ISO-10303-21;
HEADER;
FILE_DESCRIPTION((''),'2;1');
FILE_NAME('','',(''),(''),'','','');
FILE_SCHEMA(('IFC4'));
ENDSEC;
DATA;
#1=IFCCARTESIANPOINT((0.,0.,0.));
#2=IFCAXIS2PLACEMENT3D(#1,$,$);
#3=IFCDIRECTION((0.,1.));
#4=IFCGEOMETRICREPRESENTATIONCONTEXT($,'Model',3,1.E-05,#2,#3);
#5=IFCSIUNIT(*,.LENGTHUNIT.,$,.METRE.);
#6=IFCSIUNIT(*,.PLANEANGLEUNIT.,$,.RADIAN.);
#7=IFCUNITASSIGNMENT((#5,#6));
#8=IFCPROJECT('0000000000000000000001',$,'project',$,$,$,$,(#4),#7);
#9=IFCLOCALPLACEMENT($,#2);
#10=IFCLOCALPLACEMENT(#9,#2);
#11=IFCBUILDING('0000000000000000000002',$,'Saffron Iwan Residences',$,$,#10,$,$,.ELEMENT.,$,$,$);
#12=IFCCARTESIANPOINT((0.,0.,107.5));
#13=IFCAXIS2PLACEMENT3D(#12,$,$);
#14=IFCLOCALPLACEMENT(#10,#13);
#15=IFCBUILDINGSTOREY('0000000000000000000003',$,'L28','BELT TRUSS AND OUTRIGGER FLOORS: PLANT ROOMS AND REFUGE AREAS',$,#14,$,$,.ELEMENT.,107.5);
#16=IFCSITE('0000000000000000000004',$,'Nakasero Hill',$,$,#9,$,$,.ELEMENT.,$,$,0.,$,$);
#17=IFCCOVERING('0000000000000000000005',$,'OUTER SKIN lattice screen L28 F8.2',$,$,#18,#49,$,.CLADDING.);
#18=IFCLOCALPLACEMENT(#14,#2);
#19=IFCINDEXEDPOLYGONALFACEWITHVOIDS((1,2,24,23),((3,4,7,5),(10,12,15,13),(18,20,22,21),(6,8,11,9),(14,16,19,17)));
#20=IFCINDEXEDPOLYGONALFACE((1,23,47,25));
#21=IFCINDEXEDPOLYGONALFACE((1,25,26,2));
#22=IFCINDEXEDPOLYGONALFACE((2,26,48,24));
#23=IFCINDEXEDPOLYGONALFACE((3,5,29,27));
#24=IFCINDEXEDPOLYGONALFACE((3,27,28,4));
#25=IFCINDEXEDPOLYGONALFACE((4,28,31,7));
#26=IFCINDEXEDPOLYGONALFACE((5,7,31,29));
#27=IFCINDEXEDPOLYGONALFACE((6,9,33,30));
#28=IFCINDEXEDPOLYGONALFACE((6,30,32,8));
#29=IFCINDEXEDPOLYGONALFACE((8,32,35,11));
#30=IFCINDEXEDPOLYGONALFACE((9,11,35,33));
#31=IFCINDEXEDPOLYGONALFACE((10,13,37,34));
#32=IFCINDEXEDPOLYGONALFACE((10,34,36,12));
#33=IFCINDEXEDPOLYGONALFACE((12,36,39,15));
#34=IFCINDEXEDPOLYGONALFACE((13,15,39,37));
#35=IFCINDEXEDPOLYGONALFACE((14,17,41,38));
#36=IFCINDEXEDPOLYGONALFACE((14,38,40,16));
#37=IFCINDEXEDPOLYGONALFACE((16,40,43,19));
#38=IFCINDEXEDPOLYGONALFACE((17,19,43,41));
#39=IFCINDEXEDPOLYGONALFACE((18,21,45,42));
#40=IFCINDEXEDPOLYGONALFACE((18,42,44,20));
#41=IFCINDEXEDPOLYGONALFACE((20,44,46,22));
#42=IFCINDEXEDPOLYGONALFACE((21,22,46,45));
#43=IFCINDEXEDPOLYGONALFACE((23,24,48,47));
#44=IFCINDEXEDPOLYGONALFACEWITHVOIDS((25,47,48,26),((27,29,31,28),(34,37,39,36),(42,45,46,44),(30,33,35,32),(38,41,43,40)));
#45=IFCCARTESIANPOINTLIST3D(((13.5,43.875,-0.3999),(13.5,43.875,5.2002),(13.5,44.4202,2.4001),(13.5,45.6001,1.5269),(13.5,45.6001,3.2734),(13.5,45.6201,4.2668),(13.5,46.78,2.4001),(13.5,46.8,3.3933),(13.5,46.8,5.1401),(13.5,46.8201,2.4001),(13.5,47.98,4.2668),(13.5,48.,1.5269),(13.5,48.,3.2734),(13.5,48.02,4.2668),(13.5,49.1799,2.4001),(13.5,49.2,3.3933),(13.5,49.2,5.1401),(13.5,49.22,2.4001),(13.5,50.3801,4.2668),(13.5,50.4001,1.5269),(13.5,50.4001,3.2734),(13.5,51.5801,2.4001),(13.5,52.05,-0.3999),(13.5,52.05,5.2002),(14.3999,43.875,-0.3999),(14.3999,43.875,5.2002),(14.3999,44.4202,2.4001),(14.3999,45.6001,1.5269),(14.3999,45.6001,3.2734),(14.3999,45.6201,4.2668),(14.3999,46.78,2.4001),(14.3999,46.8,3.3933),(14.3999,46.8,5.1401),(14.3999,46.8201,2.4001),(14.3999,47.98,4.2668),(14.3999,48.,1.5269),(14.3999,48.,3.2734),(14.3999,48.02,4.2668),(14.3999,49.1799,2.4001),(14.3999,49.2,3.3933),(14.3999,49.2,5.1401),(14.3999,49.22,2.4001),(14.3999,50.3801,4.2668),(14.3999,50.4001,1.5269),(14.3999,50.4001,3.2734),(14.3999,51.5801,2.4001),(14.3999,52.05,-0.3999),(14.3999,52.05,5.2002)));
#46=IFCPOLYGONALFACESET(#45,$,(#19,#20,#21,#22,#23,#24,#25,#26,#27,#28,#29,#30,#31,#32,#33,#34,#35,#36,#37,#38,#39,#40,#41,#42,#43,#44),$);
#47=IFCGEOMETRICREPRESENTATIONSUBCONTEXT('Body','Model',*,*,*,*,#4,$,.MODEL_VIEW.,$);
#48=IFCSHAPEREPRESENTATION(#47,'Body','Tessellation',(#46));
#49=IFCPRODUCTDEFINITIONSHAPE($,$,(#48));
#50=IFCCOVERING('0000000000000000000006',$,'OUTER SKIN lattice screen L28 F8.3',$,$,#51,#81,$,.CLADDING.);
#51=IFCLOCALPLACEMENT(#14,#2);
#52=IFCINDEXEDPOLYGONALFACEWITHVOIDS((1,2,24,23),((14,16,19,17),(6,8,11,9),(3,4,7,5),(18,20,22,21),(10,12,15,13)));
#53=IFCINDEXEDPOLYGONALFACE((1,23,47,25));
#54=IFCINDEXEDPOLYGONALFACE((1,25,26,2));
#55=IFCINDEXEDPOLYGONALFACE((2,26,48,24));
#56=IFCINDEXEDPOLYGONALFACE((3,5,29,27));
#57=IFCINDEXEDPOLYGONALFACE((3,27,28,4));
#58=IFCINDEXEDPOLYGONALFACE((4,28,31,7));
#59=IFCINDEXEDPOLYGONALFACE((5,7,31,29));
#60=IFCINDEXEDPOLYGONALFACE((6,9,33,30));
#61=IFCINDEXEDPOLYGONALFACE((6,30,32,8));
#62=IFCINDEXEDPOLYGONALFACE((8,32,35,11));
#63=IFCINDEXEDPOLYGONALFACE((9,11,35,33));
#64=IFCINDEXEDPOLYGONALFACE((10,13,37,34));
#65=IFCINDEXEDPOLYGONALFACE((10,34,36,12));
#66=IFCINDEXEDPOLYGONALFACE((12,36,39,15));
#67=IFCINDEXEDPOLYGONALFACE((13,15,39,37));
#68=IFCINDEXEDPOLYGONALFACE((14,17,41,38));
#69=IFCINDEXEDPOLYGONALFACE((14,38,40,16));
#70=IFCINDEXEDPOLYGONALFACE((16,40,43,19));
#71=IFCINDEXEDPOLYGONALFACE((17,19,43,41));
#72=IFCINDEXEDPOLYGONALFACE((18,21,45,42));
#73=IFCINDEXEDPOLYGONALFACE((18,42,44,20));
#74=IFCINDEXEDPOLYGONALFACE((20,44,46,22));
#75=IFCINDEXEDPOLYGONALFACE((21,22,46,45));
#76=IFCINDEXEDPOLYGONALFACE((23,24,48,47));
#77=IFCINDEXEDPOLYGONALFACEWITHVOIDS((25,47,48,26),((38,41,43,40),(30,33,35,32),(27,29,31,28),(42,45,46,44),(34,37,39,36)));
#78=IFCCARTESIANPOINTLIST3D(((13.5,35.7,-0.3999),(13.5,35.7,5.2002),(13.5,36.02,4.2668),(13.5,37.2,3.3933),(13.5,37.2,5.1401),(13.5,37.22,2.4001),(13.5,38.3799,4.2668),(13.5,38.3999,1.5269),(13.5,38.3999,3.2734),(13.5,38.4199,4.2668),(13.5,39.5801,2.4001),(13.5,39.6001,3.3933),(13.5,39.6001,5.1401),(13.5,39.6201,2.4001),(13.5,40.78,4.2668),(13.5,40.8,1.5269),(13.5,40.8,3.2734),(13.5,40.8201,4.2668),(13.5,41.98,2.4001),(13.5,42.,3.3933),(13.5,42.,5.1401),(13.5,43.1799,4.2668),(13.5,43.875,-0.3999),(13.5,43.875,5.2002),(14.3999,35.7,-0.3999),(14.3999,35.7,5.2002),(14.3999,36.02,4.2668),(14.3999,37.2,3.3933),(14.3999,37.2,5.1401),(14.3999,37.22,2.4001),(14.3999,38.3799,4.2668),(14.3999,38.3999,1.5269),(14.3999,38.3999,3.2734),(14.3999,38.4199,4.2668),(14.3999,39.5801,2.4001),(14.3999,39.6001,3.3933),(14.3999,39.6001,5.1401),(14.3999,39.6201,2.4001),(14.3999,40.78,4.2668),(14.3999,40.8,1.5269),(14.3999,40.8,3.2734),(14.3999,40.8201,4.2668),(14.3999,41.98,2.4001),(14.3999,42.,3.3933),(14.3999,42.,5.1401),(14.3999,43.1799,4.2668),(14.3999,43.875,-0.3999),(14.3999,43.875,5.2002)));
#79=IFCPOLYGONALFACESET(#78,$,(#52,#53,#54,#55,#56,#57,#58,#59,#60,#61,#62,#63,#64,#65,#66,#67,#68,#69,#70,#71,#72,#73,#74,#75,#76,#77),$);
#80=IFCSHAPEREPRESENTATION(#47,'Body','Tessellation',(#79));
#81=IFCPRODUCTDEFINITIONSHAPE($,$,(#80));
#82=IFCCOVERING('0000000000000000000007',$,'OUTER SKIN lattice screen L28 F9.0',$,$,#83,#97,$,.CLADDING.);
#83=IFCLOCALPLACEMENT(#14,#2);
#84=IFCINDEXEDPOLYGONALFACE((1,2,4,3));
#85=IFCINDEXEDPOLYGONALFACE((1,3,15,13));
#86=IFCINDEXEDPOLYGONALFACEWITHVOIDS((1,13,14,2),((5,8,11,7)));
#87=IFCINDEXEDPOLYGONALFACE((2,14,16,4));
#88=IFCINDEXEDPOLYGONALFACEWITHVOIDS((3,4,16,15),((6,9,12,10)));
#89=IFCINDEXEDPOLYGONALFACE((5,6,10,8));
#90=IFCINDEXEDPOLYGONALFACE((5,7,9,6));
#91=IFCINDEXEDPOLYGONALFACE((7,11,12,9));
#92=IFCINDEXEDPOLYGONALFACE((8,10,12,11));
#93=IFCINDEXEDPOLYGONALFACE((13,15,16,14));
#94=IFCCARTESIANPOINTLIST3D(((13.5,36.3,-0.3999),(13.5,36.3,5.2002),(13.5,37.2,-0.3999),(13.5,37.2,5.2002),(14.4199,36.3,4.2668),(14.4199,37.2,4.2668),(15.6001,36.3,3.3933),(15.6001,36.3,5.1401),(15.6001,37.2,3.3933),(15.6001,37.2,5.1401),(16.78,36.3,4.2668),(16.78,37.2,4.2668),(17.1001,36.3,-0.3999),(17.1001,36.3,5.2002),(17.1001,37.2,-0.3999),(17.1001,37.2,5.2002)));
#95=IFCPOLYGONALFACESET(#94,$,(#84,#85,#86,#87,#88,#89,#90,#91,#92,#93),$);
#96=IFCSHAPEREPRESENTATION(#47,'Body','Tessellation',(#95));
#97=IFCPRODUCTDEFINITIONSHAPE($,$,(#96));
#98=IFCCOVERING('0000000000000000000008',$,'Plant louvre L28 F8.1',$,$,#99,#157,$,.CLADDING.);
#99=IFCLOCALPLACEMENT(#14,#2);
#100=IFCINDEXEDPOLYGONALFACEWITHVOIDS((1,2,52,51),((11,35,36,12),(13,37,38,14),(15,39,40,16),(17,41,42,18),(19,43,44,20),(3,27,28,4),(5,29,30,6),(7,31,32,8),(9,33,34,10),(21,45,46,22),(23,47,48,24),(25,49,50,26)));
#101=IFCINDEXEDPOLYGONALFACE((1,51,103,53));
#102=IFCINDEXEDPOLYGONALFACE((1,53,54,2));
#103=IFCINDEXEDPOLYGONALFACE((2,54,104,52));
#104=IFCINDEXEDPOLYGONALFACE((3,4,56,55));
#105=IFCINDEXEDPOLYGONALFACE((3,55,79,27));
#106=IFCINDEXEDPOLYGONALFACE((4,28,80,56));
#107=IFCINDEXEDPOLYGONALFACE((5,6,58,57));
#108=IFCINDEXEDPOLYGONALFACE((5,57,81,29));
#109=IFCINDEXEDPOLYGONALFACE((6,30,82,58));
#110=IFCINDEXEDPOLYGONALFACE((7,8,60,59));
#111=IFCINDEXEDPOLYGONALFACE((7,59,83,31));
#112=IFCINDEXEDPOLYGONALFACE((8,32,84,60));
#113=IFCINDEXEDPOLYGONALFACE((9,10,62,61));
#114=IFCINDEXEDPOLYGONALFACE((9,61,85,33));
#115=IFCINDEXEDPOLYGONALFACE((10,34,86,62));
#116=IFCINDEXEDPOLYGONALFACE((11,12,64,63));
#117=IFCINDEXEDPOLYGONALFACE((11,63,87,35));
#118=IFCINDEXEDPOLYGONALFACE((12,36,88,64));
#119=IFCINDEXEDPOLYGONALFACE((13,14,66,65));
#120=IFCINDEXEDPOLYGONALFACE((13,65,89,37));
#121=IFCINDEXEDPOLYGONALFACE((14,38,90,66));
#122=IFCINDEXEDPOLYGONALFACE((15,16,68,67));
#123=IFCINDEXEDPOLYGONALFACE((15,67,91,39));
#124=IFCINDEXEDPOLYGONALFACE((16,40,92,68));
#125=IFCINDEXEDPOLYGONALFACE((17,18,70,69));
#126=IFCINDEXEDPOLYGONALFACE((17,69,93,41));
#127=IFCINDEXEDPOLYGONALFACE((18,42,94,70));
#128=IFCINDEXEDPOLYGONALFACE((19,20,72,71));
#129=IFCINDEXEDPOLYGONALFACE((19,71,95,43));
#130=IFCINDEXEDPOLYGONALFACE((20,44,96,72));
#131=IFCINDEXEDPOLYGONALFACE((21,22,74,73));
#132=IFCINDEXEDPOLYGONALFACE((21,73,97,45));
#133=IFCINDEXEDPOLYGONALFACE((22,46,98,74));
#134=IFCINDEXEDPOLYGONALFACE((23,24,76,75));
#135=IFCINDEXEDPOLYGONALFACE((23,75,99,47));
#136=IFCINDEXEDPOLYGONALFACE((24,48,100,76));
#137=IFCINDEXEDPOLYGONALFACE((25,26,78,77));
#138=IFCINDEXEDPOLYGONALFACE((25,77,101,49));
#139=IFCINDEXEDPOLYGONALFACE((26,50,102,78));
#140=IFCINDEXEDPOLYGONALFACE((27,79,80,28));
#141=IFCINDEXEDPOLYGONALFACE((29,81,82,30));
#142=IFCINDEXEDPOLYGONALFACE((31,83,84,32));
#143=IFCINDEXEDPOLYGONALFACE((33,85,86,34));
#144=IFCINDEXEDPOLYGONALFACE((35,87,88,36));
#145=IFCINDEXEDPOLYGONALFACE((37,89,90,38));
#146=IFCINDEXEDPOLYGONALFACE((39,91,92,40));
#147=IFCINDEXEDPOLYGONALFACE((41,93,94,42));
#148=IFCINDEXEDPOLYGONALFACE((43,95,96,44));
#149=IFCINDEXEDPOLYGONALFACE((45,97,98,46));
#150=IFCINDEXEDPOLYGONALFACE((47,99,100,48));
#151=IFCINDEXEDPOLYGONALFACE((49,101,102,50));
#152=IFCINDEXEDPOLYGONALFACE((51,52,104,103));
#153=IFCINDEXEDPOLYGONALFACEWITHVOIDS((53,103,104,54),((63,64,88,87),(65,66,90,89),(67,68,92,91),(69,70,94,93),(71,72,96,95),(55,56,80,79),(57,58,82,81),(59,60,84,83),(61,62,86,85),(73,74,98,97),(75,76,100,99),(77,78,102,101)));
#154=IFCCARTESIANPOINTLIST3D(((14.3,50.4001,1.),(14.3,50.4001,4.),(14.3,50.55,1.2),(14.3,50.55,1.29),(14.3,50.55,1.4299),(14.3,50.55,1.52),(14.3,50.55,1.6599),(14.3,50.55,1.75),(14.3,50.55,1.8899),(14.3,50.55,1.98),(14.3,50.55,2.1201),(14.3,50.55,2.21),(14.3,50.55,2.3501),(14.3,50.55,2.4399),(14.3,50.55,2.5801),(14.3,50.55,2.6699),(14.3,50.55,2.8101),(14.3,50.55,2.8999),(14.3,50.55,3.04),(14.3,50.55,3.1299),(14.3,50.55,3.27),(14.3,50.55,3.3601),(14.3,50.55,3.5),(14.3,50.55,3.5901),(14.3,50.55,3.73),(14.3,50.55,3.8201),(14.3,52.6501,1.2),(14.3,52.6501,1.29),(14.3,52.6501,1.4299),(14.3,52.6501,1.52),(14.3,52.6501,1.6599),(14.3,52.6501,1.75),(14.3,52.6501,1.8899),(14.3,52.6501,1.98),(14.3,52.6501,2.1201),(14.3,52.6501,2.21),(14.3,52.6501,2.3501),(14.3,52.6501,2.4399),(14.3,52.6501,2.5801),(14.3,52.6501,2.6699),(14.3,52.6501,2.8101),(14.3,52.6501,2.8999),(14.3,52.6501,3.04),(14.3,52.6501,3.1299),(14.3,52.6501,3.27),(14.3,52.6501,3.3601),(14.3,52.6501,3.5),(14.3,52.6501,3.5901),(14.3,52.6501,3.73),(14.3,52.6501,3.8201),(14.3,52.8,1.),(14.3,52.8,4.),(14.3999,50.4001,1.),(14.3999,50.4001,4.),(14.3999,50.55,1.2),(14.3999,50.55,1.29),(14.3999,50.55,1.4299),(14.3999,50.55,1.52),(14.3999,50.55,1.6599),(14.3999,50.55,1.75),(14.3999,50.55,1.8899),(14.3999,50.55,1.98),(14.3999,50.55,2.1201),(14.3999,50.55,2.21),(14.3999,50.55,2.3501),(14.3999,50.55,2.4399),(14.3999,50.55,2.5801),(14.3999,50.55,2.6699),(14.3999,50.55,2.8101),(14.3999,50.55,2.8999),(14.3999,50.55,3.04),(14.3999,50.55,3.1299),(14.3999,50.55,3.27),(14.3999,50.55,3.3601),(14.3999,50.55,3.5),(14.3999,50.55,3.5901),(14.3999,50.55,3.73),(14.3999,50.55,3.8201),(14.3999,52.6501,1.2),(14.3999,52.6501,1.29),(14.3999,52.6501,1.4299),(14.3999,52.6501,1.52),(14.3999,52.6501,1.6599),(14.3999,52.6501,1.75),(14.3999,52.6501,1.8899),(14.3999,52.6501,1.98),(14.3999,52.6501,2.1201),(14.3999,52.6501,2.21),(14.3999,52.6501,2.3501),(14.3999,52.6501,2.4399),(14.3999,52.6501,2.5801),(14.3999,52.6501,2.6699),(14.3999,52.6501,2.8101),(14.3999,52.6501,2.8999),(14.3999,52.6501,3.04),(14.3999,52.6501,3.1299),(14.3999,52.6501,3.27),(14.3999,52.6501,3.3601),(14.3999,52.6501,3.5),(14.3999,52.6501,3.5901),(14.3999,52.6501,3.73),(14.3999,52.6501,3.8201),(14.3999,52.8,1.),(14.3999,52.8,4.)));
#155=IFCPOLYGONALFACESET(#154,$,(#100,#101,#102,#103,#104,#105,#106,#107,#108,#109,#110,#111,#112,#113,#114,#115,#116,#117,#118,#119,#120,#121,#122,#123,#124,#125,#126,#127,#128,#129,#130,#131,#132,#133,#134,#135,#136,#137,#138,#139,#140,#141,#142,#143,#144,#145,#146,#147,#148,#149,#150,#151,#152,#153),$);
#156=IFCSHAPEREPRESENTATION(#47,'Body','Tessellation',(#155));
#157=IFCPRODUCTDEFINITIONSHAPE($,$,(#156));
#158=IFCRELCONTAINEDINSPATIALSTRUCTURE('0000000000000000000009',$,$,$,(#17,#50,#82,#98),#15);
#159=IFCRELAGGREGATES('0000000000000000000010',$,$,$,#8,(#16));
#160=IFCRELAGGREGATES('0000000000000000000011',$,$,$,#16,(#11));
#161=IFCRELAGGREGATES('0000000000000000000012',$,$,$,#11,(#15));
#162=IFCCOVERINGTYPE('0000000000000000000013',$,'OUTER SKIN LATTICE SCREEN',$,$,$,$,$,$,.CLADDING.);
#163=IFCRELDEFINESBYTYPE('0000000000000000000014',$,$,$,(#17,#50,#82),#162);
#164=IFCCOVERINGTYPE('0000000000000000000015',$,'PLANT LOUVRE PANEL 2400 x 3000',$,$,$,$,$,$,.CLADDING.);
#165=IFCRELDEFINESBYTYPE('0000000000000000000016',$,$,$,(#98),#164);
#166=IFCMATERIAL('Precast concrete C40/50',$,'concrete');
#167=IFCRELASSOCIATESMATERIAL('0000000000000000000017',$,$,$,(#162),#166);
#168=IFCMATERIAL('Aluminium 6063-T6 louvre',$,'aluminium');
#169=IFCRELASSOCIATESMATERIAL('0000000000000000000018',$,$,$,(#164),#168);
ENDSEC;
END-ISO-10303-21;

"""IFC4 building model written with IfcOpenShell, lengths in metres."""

from ifc_helpers import new_model, si_unit, direction, frame, origin, place, context, subcontext, project, spatial, polyline, outline, extrude, material, type_object, element, save


model = new_model("IFC4")

# Units and contexts
model_context = context("Model", 3, precision=1e-05, world=origin(), true_north=direction((0.0, 1.0)))
body_context = subcontext(model_context, "Body", "Model", "MODEL_VIEW")
ifc_project = project(units=[si_unit("LENGTHUNIT", "METRE"), si_unit("PLANEANGLEUNIT", "RADIAN")], contexts=[model_context])

# Site, building, storey
site_placement = place(None, origin())
site = spatial("IfcSite", under=ifc_project, at=site_placement, Name="Nakasero Hill", CompositionType="ELEMENT", RefElevation=0.0)
building_placement = place(site_placement, origin())
building = spatial("IfcBuilding", under=site, at=building_placement, Name="Saffron Iwan Residences", CompositionType="ELEMENT")
storey_placement = place(building_placement, frame((0.0, 0.0, 107.5)))
storey = spatial("IfcBuildingStorey", under=building, at=storey_placement, Name="L28", Description="BELT TRUSS AND OUTRIGGER FLOORS: PLANT ROOMS AND REFUGE AREAS", CompositionType="ELEMENT", Elevation=107.5)

# Coverings
ifc_material_1 = material(Name="Precast concrete C40/50", Category="concrete")
covering_type_1 = type_object("IfcCoveringType", Name="OUTER SKIN LATTICE SCREEN", PredefinedType="CLADDING", material=ifc_material_1)
covering_1_placement = place(storey_placement, frame((14.3999, 52.05, -0.3999), z_axis=(-1.0, 0.0, 0.0), x_axis=(0.0, -1.0, 0.0)))
element("IfcCovering", 1, at=covering_1_placement, inside=storey, type_object=covering_type_1, Name="OUTER SKIN lattice screen L28 F8.2", PredefinedType="CLADDING", context=body_context, shape_type="SweptSolid", body=[
    extrude(outline(polyline([(0.0, 0.0), (8.175, 0.0), (8.175, 5.6001), (0.0, 5.6001), (0.0, 0.0)]), holes=[polyline([(0.47, 2.8), (1.6499, 1.9268), (2.8301, 2.8), (1.6499, 3.6733), (0.47, 2.8)]), polyline([(2.8701, 2.8), (4.05, 1.9268), (5.23, 2.8), (4.05, 3.6733), (2.8701, 2.8)]), polyline([(5.27, 2.8), (6.45, 1.9268), (7.6299, 2.8), (6.45, 3.6733), (5.27, 2.8)]), polyline([(1.6699, 4.6667), (2.8501, 3.7932), (4.03, 4.6667), (2.8501, 5.54), (1.6699, 4.6667)]), polyline([(4.0701, 4.6667), (5.25, 3.7932), (6.4299, 4.6667), (5.25, 5.54), (4.0701, 4.6667)])]), origin(), (0.0, 0.0, 1.0), 0.8999),
])
covering_2_placement = place(storey_placement, frame((14.3999, 43.875, -0.3999), z_axis=(-1.0, 0.0, 0.0), x_axis=(0.0, -1.0, 0.0)))
element("IfcCovering", 2, at=covering_2_placement, inside=storey, type_object=covering_type_1, Name="OUTER SKIN lattice screen L28 F8.3", PredefinedType="CLADDING", context=body_context, shape_type="SweptSolid", body=[
    extrude(outline(polyline([(0.0, 0.0), (8.175, 0.0), (8.175, 5.6001), (0.0, 5.6001), (0.0, 0.0)]), holes=[polyline([(1.895, 2.8), (3.075, 1.9268), (4.2549, 2.8), (3.075, 3.6733), (1.895, 2.8)]), polyline([(4.2949, 2.8), (5.4751, 1.9268), (6.655, 2.8), (5.4751, 3.6733), (4.2949, 2.8)]), polyline([(0.6951, 4.6667), (1.875, 3.7932), (3.0549, 4.6667), (1.875, 5.54), (0.6951, 4.6667)]), polyline([(3.095, 4.6667), (4.2749, 3.7932), (5.4551, 4.6667), (4.2749, 5.54), (3.095, 4.6667)]), polyline([(5.4951, 4.6667), (6.675, 3.7932), (7.855, 4.6667), (6.675, 5.54), (5.4951, 4.6667)])]), origin(), (0.0, 0.0, 1.0), 0.8999),
])
covering_3_placement = place(storey_placement, frame((13.5, 37.2, -0.3999), z_axis=(0.0, -1.0, 0.0), x_axis=(1.0, 0.0, 0.0)))
element("IfcCovering", 3, at=covering_3_placement, inside=storey, type_object=covering_type_1, Name="OUTER SKIN lattice screen L28 F9.0", PredefinedType="CLADDING", context=body_context, shape_type="SweptSolid", body=[
    extrude(outline(polyline([(0.0, 0.0), (3.6001, 0.0), (3.6001, 5.6001), (0.0, 5.6001), (0.0, 0.0)]), holes=[polyline([(0.9199, 4.6667), (2.1001, 3.7932), (3.28, 4.6667), (2.1001, 5.54), (0.9199, 4.6667)])]), origin(), (0.0, 0.0, 1.0), 0.8999),
])
ifc_material_2 = material(Name="Aluminium 6063-T6 louvre", Category="aluminium")
covering_type_2 = type_object("IfcCoveringType", Name="PLANT LOUVRE PANEL 2400 x 3000", PredefinedType="CLADDING", material=ifc_material_2)
covering_4_placement = place(storey_placement, frame((14.3999, 52.8, 1.0), z_axis=(-1.0, 0.0, 0.0), x_axis=(0.0, -1.0, 0.0)))
element("IfcCovering", 4, at=covering_4_placement, inside=storey, type_object=covering_type_2, Name="Plant louvre L28 F8.1", PredefinedType="CLADDING", context=body_context, shape_type="SweptSolid", body=[
    extrude(outline(polyline([(0.0, 0.0), (2.3999, 0.0), (2.3999, 3.0), (0.0, 3.0), (0.0, 0.0)]), holes=[polyline([(0.1499, 0.2), (2.25, 0.2), (2.25, 0.29), (0.1499, 0.29), (0.1499, 0.2)]), polyline([(0.1499, 0.4299), (2.25, 0.4299), (2.25, 0.52), (0.1499, 0.52), (0.1499, 0.4299)]), polyline([(0.1499, 0.6599), (2.25, 0.6599), (2.25, 0.75), (0.1499, 0.75), (0.1499, 0.6599)]), polyline([(0.1499, 0.8899), (2.25, 0.8899), (2.25, 0.98), (0.1499, 0.98), (0.1499, 0.8899)]), polyline([(0.1499, 1.1201), (2.25, 1.1201), (2.25, 1.21), (0.1499, 1.21), (0.1499, 1.1201)]), polyline([(0.1499, 1.3501), (2.25, 1.3501), (2.25, 1.4399), (0.1499, 1.4399), (0.1499, 1.3501)]), polyline([(0.1499, 1.5801), (2.25, 1.5801), (2.25, 1.6699), (0.1499, 1.6699), (0.1499, 1.5801)]), polyline([(0.1499, 1.8101), (2.25, 1.8101), (2.25, 1.8999), (0.1499, 1.8999), (0.1499, 1.8101)]), polyline([(0.1499, 2.04), (2.25, 2.04), (2.25, 2.1299), (0.1499, 2.1299), (0.1499, 2.04)]), polyline([(0.1499, 2.27), (2.25, 2.27), (2.25, 2.3601), (0.1499, 2.3601), (0.1499, 2.27)]), polyline([(0.1499, 2.5), (2.25, 2.5), (2.25, 2.5901), (0.1499, 2.5901), (0.1499, 2.5)]), polyline([(0.1499, 2.73), (2.25, 2.73), (2.25, 2.8201), (0.1499, 2.8201), (0.1499, 2.73)])]), origin(), (0.0, 0.0, 1.0), 0.0999),
])

save(model, "model.ifc")
